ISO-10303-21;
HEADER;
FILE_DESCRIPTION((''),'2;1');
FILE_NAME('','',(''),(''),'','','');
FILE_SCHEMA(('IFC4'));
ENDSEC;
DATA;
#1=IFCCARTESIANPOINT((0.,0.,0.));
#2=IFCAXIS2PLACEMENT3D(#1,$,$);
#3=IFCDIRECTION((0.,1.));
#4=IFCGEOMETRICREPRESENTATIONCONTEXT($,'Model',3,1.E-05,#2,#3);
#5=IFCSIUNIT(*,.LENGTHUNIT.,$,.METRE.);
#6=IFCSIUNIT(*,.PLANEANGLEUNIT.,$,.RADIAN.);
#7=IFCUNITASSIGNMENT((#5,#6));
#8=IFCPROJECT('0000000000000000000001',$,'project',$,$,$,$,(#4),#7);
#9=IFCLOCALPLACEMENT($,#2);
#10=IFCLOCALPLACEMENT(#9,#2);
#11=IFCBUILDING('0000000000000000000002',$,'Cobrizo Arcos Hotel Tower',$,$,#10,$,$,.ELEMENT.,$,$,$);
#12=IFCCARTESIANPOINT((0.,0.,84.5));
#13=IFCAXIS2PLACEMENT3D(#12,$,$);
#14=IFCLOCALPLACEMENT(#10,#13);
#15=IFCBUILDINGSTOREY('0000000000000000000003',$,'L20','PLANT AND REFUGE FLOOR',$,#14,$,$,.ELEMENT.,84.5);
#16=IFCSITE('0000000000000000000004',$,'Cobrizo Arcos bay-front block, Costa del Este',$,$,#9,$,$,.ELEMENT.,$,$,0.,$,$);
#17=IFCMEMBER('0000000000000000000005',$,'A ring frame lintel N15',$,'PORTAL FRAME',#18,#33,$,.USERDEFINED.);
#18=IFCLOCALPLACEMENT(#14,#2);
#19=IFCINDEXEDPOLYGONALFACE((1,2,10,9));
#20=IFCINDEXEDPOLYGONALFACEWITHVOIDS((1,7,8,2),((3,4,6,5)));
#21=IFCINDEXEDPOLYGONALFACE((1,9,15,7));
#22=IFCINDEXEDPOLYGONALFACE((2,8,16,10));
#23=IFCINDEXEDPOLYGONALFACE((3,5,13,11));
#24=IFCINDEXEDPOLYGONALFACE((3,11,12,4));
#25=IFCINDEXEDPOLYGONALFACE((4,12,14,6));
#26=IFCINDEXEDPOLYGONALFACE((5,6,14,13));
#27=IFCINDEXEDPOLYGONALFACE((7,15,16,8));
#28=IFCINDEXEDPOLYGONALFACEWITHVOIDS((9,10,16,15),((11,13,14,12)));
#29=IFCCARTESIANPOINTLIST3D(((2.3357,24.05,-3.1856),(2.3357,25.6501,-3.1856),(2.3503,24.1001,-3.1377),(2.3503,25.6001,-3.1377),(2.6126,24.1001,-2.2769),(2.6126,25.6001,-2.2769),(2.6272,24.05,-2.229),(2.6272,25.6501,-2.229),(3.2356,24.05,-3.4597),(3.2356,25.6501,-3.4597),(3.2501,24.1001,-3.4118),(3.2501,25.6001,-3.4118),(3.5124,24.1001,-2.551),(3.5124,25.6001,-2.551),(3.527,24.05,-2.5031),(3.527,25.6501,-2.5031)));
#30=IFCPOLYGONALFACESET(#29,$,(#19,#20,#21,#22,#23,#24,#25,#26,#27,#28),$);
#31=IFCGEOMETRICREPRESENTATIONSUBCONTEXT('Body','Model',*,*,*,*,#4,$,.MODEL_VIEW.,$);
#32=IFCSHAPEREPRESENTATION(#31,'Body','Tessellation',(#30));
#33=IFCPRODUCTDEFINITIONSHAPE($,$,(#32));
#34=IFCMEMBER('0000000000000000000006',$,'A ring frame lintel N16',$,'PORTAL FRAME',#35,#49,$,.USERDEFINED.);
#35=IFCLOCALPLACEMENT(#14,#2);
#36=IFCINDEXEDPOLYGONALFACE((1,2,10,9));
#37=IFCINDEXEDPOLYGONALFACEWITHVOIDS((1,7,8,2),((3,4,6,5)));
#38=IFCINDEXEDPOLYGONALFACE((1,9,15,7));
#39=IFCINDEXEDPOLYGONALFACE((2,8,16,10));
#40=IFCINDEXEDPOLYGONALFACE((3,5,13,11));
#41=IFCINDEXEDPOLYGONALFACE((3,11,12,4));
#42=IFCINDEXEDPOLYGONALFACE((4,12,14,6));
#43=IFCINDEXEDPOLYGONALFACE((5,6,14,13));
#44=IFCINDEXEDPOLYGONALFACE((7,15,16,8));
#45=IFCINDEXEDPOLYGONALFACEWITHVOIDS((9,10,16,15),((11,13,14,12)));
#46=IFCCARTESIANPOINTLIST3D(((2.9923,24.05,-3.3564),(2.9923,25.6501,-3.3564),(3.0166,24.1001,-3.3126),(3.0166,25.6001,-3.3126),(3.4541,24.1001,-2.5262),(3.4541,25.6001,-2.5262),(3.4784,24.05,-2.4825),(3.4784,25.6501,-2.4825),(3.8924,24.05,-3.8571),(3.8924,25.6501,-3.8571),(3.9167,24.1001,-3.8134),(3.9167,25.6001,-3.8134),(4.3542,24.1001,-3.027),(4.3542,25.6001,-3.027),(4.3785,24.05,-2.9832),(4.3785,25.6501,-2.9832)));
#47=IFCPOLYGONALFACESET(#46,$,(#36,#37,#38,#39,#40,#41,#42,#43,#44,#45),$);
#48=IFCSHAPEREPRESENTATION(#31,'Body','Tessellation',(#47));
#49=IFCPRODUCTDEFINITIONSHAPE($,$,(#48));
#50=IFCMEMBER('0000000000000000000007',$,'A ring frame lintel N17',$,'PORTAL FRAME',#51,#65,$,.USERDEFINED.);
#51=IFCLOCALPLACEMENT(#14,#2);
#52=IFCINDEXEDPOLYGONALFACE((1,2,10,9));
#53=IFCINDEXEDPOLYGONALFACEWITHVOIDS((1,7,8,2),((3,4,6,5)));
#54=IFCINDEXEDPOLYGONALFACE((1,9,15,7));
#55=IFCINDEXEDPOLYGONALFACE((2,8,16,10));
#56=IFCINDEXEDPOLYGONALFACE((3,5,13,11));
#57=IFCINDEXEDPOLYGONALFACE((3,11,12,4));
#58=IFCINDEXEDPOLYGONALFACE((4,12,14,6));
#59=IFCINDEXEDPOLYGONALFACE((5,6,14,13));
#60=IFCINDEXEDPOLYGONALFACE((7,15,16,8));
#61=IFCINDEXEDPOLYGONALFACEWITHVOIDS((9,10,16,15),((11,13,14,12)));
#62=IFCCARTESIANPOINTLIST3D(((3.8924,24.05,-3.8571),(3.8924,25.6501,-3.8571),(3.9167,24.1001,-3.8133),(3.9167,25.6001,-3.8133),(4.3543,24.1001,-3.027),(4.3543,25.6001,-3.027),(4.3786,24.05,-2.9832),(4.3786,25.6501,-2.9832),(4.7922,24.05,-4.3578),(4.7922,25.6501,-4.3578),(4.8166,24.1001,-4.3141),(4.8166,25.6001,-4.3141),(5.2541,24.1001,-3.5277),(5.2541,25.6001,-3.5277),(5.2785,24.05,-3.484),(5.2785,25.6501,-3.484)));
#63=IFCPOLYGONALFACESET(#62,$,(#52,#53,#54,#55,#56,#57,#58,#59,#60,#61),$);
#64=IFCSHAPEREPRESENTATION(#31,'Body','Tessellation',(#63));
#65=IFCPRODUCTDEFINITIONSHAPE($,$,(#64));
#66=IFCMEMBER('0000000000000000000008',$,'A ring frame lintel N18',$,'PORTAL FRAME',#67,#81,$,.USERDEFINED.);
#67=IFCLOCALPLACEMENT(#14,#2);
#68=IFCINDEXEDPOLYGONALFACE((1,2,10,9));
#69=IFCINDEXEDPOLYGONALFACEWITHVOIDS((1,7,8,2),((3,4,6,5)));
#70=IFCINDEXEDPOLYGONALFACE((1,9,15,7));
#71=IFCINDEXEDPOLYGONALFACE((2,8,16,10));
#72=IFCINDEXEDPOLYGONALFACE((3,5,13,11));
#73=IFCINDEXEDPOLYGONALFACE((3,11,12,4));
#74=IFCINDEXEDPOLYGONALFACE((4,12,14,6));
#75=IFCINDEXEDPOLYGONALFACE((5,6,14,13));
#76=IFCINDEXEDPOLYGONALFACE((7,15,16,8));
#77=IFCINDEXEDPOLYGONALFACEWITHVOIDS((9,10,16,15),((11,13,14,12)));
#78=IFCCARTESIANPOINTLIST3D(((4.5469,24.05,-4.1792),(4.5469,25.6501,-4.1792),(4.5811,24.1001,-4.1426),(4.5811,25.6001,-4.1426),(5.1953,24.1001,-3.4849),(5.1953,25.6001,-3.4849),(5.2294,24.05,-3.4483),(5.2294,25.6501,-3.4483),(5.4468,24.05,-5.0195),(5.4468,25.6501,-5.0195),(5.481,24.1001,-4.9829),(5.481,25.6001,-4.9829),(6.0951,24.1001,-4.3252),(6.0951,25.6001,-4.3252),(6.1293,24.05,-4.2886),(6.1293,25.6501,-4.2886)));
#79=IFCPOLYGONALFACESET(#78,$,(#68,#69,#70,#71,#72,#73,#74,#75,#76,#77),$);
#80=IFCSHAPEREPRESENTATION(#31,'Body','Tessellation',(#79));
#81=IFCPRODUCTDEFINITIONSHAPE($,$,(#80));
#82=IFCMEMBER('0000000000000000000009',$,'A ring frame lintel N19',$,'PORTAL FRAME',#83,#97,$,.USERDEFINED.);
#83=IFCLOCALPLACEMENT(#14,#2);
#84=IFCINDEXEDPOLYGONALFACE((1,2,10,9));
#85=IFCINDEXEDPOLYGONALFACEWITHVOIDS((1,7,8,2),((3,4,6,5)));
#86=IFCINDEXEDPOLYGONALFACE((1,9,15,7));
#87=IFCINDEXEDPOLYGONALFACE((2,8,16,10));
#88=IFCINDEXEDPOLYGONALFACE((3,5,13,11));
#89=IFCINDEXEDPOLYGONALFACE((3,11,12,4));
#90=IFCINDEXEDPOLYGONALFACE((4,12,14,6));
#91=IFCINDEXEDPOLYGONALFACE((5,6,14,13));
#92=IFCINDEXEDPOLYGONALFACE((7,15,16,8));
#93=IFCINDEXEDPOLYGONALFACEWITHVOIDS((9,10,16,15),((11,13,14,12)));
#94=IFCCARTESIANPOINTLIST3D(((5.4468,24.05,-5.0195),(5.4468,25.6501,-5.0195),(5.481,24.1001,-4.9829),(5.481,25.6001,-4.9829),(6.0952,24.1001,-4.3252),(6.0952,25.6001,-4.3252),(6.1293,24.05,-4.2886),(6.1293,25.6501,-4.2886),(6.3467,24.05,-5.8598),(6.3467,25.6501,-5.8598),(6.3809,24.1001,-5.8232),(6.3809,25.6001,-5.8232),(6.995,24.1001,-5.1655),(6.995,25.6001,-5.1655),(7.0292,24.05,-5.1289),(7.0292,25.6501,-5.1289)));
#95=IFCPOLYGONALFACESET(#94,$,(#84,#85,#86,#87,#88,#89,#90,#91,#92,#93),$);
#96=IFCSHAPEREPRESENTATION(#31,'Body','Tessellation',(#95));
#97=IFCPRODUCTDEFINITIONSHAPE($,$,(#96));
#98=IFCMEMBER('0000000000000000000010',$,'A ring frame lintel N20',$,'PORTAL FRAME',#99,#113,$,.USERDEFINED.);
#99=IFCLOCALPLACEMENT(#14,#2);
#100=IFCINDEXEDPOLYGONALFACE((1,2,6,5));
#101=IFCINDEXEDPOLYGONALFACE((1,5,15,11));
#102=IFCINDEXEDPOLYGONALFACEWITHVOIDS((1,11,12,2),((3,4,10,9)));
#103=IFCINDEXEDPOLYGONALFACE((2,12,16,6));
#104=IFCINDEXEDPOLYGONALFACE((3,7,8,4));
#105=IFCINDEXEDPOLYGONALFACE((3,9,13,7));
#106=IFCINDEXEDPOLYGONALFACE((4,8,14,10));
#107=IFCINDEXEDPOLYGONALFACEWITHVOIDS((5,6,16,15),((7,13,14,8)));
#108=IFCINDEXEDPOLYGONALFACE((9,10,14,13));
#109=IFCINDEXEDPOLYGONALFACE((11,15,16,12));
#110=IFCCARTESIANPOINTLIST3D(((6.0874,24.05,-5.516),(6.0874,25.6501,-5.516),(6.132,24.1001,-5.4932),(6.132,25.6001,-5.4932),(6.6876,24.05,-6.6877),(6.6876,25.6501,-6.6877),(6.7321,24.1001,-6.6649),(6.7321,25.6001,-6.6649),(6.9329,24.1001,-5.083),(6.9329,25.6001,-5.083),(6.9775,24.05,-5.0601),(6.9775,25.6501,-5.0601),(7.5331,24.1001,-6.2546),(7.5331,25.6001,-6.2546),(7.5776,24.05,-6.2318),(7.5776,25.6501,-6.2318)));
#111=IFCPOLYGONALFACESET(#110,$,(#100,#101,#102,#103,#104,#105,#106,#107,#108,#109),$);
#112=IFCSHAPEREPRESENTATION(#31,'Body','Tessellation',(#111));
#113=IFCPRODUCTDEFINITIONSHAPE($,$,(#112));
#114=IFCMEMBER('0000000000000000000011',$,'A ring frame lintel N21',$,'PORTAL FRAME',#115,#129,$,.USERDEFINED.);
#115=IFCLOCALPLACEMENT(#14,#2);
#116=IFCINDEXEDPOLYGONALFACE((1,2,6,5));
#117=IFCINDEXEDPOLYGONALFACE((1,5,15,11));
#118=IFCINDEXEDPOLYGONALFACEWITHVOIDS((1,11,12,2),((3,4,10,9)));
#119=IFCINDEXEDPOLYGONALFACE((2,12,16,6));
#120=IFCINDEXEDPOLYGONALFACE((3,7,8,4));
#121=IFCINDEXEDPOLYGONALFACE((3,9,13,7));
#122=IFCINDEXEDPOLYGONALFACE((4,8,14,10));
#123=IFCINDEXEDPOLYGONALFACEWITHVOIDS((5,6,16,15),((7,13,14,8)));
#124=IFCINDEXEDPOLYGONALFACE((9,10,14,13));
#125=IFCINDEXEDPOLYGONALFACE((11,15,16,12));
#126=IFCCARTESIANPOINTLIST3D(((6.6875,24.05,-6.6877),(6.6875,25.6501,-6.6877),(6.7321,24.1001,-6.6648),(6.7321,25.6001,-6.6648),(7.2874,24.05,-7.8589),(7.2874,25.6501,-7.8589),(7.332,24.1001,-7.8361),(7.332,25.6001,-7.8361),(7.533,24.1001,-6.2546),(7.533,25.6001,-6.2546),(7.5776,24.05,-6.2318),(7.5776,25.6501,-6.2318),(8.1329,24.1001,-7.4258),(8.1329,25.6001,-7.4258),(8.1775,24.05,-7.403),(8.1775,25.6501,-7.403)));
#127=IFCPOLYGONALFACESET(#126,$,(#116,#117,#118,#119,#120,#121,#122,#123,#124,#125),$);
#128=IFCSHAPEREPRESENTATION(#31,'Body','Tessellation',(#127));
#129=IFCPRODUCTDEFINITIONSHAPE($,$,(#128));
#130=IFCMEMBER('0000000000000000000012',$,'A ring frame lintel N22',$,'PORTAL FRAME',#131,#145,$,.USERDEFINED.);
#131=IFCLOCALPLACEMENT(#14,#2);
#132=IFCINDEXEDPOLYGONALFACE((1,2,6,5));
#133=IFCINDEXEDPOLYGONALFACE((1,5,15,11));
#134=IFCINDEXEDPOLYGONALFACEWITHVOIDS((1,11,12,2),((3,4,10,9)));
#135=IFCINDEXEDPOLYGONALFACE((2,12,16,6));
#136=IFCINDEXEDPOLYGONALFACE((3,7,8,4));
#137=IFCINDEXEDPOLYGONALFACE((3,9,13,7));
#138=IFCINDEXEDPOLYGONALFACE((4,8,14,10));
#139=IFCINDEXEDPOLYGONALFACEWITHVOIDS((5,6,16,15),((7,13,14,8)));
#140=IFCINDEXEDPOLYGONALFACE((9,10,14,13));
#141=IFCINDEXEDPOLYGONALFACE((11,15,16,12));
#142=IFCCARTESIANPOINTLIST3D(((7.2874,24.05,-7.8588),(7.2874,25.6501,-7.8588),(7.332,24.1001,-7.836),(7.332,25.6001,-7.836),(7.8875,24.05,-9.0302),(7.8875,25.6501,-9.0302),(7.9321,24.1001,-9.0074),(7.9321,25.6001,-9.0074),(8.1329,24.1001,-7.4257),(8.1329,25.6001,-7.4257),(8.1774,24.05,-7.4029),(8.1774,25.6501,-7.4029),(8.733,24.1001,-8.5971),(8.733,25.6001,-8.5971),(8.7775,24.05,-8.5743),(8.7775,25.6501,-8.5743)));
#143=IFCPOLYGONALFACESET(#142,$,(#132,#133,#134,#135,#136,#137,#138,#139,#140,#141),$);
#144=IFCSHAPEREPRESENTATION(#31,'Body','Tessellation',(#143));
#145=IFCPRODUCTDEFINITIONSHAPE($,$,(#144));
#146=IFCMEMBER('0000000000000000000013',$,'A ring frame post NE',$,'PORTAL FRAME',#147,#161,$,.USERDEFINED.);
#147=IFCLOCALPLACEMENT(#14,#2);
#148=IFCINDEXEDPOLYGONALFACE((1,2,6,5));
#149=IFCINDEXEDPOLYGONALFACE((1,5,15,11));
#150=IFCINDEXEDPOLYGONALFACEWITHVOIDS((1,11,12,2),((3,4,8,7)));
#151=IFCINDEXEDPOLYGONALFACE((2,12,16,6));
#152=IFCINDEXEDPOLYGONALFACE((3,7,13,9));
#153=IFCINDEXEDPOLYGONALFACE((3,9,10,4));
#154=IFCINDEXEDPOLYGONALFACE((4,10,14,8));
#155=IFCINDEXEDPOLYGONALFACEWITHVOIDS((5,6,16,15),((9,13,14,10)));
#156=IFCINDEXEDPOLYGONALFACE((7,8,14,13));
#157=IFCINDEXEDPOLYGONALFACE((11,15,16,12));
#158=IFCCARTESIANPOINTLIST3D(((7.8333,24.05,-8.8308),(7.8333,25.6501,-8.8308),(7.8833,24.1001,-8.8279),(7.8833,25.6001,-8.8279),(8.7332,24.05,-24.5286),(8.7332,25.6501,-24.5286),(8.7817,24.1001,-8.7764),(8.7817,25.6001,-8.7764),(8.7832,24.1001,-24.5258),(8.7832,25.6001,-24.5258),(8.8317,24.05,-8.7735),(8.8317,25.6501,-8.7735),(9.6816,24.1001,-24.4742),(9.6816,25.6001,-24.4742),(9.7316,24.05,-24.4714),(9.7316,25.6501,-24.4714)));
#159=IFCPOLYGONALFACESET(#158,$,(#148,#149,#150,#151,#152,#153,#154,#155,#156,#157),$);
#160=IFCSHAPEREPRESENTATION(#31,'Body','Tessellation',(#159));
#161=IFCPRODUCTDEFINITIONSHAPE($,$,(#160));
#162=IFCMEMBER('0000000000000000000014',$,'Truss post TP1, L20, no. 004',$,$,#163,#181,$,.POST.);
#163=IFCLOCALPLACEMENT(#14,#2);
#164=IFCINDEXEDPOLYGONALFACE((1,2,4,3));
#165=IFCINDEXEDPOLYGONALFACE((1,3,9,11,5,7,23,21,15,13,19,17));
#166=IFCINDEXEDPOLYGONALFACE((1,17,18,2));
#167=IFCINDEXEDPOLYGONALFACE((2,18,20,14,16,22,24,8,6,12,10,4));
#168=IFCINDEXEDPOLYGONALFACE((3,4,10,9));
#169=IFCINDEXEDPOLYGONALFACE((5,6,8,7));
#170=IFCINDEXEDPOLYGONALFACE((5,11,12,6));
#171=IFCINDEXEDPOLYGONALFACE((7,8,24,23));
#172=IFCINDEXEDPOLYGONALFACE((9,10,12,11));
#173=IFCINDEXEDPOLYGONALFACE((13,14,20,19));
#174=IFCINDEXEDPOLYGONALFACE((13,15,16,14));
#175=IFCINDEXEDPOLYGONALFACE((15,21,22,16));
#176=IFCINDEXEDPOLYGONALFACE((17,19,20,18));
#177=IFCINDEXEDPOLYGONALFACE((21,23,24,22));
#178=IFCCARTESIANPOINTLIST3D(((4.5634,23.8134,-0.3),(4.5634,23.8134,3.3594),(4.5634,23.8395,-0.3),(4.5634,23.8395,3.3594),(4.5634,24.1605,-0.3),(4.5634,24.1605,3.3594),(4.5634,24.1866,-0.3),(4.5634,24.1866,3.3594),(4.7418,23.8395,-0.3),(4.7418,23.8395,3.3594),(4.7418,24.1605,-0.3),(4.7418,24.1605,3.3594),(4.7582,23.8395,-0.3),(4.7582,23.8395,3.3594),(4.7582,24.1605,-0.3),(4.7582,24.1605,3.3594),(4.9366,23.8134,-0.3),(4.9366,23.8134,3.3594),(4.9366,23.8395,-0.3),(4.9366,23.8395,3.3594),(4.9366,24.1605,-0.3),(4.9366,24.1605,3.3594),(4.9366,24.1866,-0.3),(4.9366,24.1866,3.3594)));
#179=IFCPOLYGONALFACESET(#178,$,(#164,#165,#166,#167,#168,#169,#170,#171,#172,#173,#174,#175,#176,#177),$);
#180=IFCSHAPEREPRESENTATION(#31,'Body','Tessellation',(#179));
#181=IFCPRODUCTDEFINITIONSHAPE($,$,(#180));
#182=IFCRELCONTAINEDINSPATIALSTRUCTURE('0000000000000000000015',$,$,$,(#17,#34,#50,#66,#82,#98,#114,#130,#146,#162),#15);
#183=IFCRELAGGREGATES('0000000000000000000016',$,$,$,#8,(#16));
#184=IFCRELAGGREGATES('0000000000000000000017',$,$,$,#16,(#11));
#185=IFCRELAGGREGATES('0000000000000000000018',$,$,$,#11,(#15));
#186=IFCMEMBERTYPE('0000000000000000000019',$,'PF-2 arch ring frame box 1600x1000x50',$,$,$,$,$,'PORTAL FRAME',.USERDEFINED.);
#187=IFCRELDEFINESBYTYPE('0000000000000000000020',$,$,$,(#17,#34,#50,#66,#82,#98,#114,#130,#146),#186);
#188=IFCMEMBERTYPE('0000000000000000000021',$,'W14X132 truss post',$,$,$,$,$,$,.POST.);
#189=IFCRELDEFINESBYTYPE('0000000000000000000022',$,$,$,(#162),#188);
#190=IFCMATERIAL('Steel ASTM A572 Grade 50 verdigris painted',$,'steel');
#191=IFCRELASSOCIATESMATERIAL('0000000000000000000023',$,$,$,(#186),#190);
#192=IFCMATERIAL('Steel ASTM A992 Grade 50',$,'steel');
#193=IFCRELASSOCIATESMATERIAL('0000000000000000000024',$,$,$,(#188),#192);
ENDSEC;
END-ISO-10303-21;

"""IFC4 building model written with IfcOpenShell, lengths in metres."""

from ifc_helpers import new_model, si_unit, direction, frame, origin, origin_2d, place, context, subcontext, project, spatial, hollow_rectangle, i_section, extrude, material, material_profile, profile_set, type_object, element, save


model = new_model("IFC4")

# Units and contexts
model_context = context("Model", 3, precision=1e-05, world=origin(), true_north=direction((0.0, 1.0)))
body_context = subcontext(model_context, "Body", "Model", "MODEL_VIEW")
ifc_project = project(units=[si_unit("LENGTHUNIT", "METRE"), si_unit("PLANEANGLEUNIT", "RADIAN")], contexts=[model_context])

# Site, building, storey
site_placement = place(None, origin())
site = spatial("IfcSite", under=ifc_project, at=site_placement, Name="Cobrizo Arcos bay-front block, Costa del Este", CompositionType="ELEMENT", RefElevation=0.0)
building_placement = place(site_placement, origin())
building = spatial("IfcBuilding", under=site, at=building_placement, Name="Cobrizo Arcos Hotel Tower", CompositionType="ELEMENT")
storey_placement = place(building_placement, frame((0.0, 0.0, 84.5)))
storey = spatial("IfcBuildingStorey", under=building, at=storey_placement, Name="L20", Description="PLANT AND REFUGE FLOOR", CompositionType="ELEMENT", Elevation=84.5)

# Members
ifc_material_1 = material(Name="Steel ASTM A572 Grade 50 verdigris painted", Category="steel")
ifc_material_profile_1 = material_profile(ifc_material_1, hollow_rectangle(XDim=1.6001, YDim=1.0, WallThickness=0.05, at=origin_2d()), Name="PF-2 arch ring frame box 1600x1000x50")
ifc_profile_set_1 = profile_set([ifc_material_profile_1], Name="Steel ASTM A572 Grade 50 verdigris painted")
member_type_1 = type_object("IfcMemberType", Name="PF-2 arch ring frame box 1600x1000x50", ElementType="PORTAL FRAME", PredefinedType="USERDEFINED", material=ifc_profile_set_1)
member_1_placement = place(storey_placement, frame((2.4814, 24.8501, -2.7073), z_axis=(0.956589, 0.0, -0.29144), x_axis=(0.0, 1.0, 0.0)))
element("IfcMember", 1, at=member_1_placement, inside=storey, type_object=member_type_1, Name="A ring frame lintel N15", ObjectType="PORTAL FRAME", PredefinedType="USERDEFINED", context=body_context, shape_type="SweptSolid", body=[
    extrude(hollow_rectangle(XDim=1.6001, YDim=1.0, WallThickness=0.05, at=origin_2d()), origin(), (0.0, 0.0, 1.0), 0.9407),
])
member_2_placement = place(storey_placement, frame((3.2354, 24.8501, -2.9194), z_axis=(0.873889, 0.0, -0.486126), x_axis=(0.0, 1.0, 0.0)))
element("IfcMember", 2, at=member_2_placement, inside=storey, type_object=member_type_1, Name="A ring frame lintel N16", ObjectType="PORTAL FRAME", PredefinedType="USERDEFINED", context=body_context, shape_type="SweptSolid", body=[
    extrude(hollow_rectangle(XDim=1.6001, YDim=1.0, WallThickness=0.05, at=origin_2d()), origin(), (0.0, 0.0, 1.0), 1.03),
])
member_3_placement = place(storey_placement, frame((4.1355, 24.8501, -3.4202), z_axis=(0.873833, 0.0, -0.486227), x_axis=(0.0, 1.0, 0.0)))
element("IfcMember", 3, at=member_3_placement, inside=storey, type_object=member_type_1, Name="A ring frame lintel N17", ObjectType="PORTAL FRAME", PredefinedType="USERDEFINED", context=body_context, shape_type="SweptSolid", body=[
    extrude(hollow_rectangle(XDim=1.6001, YDim=1.0, WallThickness=0.05, at=origin_2d()), origin(), (0.0, 0.0, 1.0), 1.0298),
])
for number, where, z_axis, x_axis, name in (
    (4, (4.8882, 24.8501, -3.8137), (0.730884, 0.0, -0.682502), (0.0, 1.0, 0.0), "A ring frame lintel N18"),
    (5, (5.7881, 24.8501, -4.6541), (0.730884, 0.0, -0.682502), (0.0, 1.0, 0.0), "A ring frame lintel N19"),
):
    element("IfcMember", number, at=place(storey_placement, frame(where, z_axis=z_axis, x_axis=x_axis)), inside=storey, type_object=member_type_1, Name=name, ObjectType="PORTAL FRAME", PredefinedType="USERDEFINED", context=body_context, shape_type="SweptSolid", body=[
        extrude(hollow_rectangle(XDim=1.6001, YDim=1.0, WallThickness=0.05, at=origin_2d()), origin(), (0.0, 0.0, 1.0), 1.2312),
    ])
member_4_placement = place(storey_placement, frame((6.5325, 24.8501, -5.2881), z_axis=(0.455872, 0.0, -0.890045), x_axis=(0.0, 1.0, 0.0)))
element("IfcMember", 6, at=member_4_placement, inside=storey, type_object=member_type_1, Name="A ring frame lintel N20", ObjectType="PORTAL FRAME", PredefinedType="USERDEFINED", context=body_context, shape_type="SweptSolid", body=[
    extrude(hollow_rectangle(XDim=1.6001, YDim=1.0, WallThickness=0.05, at=origin_2d()), origin(), (0.0, 0.0, 1.0), 1.3164),
])
member_5_placement = place(storey_placement, frame((7.1326, 24.8501, -6.4597), z_axis=(0.455876, 0.0, -0.890043), x_axis=(0.0, 1.0, 0.0)))
element("IfcMember", 7, at=member_5_placement, inside=storey, type_object=member_type_1, Name="A ring frame lintel N21", ObjectType="PORTAL FRAME", PredefinedType="USERDEFINED", context=body_context, shape_type="SweptSolid", body=[
    extrude(hollow_rectangle(XDim=1.6001, YDim=1.0, WallThickness=0.05, at=origin_2d()), origin(), (0.0, 0.0, 1.0), 1.3159),
])
member_6_placement = place(storey_placement, frame((7.7324, 24.8501, -7.6309), z_axis=(0.455948, 0.0, -0.890007), x_axis=(0.0, 1.0, 0.0)))
element("IfcMember", 8, at=member_6_placement, inside=storey, type_object=member_type_1, Name="A ring frame lintel N22", ObjectType="PORTAL FRAME", PredefinedType="USERDEFINED", context=body_context, shape_type="SweptSolid", body=[
    extrude(hollow_rectangle(XDim=1.6001, YDim=1.0, WallThickness=0.05, at=origin_2d()), origin(), (0.0, 0.0, 1.0), 1.3162),
])
member_7_placement = place(storey_placement, frame((9.2324, 24.8501, -24.5), z_axis=(-0.057233, 0.0, 0.998361), x_axis=(0.0, -1.0, 0.0)))
element("IfcMember", 9, at=member_7_placement, inside=storey, type_object=member_type_1, Name="A ring frame post NE", ObjectType="PORTAL FRAME", PredefinedType="USERDEFINED", context=body_context, shape_type="SweptSolid", body=[
    extrude(hollow_rectangle(XDim=1.6001, YDim=1.0, WallThickness=0.05, at=origin_2d()), origin(), (0.0, 0.0, 1.0), 15.7236),
])
ifc_material_2 = material(Name="Steel ASTM A992 Grade 50", Category="steel")
ifc_material_profile_2 = material_profile(ifc_material_2, i_section(OverallWidth=0.3733, OverallDepth=0.3733, WebThickness=0.0164, FlangeThickness=0.0261, at=origin_2d()), Name="W14X132")
ifc_profile_set_2 = profile_set([ifc_material_profile_2], Name="Steel ASTM A992 Grade 50")
member_type_2 = type_object("IfcMemberType", Name="W14X132 truss post", PredefinedType="POST", material=ifc_profile_set_2)
for number, where, z_axis, x_axis, name in (
    (10, (4.75, 24.0, -0.3), (0.0, 0.0, 1.0), (1.0, 0.0, 0.0), "Truss post TP1, L20, no. 004"),
):
    element("IfcMember", number, at=place(storey_placement, frame(where, z_axis=z_axis, x_axis=x_axis)), inside=storey, type_object=member_type_2, Name=name, PredefinedType="POST", context=body_context, shape_type="SweptSolid", body=[
        extrude(i_section(OverallWidth=0.3733, OverallDepth=0.3733, WebThickness=0.0164, FlangeThickness=0.0261, at=origin_2d()), origin(), (0.0, 0.0, 1.0), 3.6594),
    ])

save(model, "model.ifc")
